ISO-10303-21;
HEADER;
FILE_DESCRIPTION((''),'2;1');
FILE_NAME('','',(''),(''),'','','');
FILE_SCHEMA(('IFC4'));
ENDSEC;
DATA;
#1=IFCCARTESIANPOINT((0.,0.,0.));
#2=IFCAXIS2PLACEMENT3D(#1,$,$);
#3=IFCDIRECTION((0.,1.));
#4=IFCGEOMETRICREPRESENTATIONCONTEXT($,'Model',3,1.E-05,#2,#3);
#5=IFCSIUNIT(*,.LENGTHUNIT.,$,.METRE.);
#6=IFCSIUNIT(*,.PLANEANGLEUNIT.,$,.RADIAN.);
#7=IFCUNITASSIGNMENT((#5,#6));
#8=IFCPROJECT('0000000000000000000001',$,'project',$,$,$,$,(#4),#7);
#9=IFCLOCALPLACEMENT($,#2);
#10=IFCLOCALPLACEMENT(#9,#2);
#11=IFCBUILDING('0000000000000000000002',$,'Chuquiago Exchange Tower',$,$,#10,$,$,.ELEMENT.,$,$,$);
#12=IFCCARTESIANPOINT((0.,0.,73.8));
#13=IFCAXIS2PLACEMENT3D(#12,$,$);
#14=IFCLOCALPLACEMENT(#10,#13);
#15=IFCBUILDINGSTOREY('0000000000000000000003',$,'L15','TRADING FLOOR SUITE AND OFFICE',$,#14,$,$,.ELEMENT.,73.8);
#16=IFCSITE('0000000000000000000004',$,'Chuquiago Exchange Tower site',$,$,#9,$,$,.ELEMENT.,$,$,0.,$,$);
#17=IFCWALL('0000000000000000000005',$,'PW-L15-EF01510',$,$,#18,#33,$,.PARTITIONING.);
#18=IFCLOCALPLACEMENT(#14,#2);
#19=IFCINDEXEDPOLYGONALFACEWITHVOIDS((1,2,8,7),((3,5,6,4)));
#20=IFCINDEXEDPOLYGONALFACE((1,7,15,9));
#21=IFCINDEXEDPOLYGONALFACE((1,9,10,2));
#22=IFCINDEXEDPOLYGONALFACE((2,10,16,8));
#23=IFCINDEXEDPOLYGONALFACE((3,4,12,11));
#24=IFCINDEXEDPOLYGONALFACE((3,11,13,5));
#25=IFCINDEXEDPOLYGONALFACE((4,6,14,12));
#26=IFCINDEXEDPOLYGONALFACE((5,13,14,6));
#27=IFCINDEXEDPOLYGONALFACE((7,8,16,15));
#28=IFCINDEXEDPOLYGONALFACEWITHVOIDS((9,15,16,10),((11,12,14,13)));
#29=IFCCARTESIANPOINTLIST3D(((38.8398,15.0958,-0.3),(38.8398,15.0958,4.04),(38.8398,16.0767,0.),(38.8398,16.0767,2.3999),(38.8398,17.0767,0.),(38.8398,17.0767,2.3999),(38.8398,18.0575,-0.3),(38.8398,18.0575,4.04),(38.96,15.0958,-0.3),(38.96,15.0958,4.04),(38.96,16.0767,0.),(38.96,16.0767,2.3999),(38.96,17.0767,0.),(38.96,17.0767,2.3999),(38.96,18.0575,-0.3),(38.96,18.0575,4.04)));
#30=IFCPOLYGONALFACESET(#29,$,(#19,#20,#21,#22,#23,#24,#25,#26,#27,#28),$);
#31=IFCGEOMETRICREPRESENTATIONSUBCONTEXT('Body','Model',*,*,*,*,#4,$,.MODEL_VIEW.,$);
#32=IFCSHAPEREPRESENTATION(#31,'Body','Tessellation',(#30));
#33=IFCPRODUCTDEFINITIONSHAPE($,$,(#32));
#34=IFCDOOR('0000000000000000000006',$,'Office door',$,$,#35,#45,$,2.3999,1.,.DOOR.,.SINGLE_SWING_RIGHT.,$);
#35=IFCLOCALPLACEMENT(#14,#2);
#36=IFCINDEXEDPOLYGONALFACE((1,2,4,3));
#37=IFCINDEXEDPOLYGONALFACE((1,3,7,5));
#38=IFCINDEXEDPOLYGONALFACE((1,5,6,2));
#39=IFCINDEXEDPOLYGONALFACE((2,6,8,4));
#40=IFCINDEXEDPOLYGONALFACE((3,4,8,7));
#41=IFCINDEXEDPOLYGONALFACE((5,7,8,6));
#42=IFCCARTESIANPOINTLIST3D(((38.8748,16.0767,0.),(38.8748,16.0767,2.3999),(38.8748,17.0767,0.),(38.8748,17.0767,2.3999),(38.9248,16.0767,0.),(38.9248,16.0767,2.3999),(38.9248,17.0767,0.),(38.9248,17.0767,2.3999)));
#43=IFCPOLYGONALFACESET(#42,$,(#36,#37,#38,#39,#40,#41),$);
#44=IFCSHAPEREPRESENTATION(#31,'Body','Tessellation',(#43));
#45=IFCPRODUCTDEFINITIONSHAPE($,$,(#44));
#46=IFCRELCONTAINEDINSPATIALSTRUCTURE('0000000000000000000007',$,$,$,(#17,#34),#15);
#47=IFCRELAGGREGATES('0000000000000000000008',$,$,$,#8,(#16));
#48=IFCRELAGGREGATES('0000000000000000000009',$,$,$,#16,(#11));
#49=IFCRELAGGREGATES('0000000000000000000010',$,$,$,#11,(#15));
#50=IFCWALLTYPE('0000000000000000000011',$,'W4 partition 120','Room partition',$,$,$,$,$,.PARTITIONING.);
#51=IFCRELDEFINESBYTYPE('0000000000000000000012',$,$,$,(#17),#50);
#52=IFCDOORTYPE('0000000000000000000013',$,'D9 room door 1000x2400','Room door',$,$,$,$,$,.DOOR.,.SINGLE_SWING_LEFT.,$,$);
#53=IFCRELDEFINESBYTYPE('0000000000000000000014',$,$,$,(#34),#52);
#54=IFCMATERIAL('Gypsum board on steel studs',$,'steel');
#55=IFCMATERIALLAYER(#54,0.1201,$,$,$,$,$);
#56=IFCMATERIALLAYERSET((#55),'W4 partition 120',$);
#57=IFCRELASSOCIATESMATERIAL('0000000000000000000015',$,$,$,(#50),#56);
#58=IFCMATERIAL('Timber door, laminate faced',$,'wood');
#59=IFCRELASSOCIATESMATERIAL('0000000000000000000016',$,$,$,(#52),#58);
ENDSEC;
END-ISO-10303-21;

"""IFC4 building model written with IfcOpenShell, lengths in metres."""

from ifc_helpers import new_model, si_unit, direction, frame, frame_2d, origin, place, context, subcontext, project, spatial, rectangle, extrude, material, layer, layer_set, type_object, element, fill, save


model = new_model("IFC4")

# Units and contexts
model_context = context("Model", 3, precision=1e-05, world=origin(), true_north=direction((0.0, 1.0)))
body_context = subcontext(model_context, "Body", "Model", "MODEL_VIEW")
ifc_project = project(units=[si_unit("LENGTHUNIT", "METRE"), si_unit("PLANEANGLEUNIT", "RADIAN")], contexts=[model_context])

# Site, building, storey
site_placement = place(None, origin())
site = spatial("IfcSite", under=ifc_project, at=site_placement, Name="Chuquiago Exchange Tower site", CompositionType="ELEMENT", RefElevation=0.0)
building_placement = place(site_placement, origin())
building = spatial("IfcBuilding", under=site, at=building_placement, Name="Chuquiago Exchange Tower", CompositionType="ELEMENT")
storey_placement = place(building_placement, frame((0.0, 0.0, 73.8)))
storey = spatial("IfcBuildingStorey", under=building, at=storey_placement, Name="L15", Description="TRADING FLOOR SUITE AND OFFICE", CompositionType="ELEMENT", Elevation=73.8)

# Shared definitions
ifc_material_1 = material(Name="Gypsum board on steel studs", Category="steel")
ifc_layer_1 = layer(ifc_material_1, 0.1201)
ifc_layer_set_1 = layer_set([ifc_layer_1], Name="W4 partition 120")
wall_type_1 = type_object("IfcWallType", Name="W4 partition 120", Description="Room partition", PredefinedType="PARTITIONING", material=ifc_layer_set_1)

# Wall, opening, door
ifc_material_2 = material(Name="Timber door, laminate faced", Category="wood")
door_type_1 = type_object("IfcDoorType", Name="D9 room door 1000x2400", Description="Room door", OperationType="SINGLE_SWING_LEFT", PredefinedType="DOOR", material=ifc_material_2)
wall_1_placement = place(storey_placement, frame((38.8999, 15.0957, -0.3), z_axis=(0.0, 0.0, 1.0), x_axis=(0.0, 1.0, 0.0)))
wall_1 = element("IfcWall", 1, at=wall_1_placement, inside=storey, type_object=wall_type_1, Name="PW-L15-EF01510", PredefinedType="PARTITIONING", context=body_context, shape_type="SweptSolid", body=[
    extrude(rectangle(XDim=2.9617, YDim=0.1201, at=frame_2d((1.481, 0.0))), origin(), (0.0, 0.0, 1.0), 4.3401),
])
opening_1_placement = place(wall_1_placement, frame((0.981, 0.0, 0.3)))
opening_1 = element("IfcOpeningElement", 2, at=opening_1_placement, cuts=wall_1, PredefinedType="OPENING", context=body_context, shape_type="SweptSolid", body=[
    extrude(rectangle(XDim=1.0, YDim=2.3999, at=frame_2d((0.5, 1.2))), frame((0.0, 0.0701, 0.0), z_axis=(0.0, -1.0, 0.0), x_axis=(1.0, 0.0, 0.0)), (0.0, 0.0, 1.0), 0.1401),
])
door_1_placement = place(opening_1_placement, frame((1.0, 0.0, 0.0), z_axis=(0.0, 0.0, 1.0), x_axis=(-1.0, 0.0, 0.0)))
door_1 = element("IfcDoor", 3, at=door_1_placement, inside=storey, type_object=door_type_1, Name="Office door", OperationType="SINGLE_SWING_RIGHT", OverallHeight=2.3999, OverallWidth=1.0, PredefinedType="DOOR", context=body_context, shape_type="SweptSolid", body=[
    extrude(rectangle(XDim=1.0, YDim=2.3999, at=frame_2d((0.5, 1.2))), frame((0.0, 0.0249, 0.0), z_axis=(0.0, -1.0, 0.0), x_axis=(1.0, 0.0, 0.0)), (0.0, 0.0, 1.0), 0.05),
])
fill(opening_1, door_1)

save(model, "model.ifc")
